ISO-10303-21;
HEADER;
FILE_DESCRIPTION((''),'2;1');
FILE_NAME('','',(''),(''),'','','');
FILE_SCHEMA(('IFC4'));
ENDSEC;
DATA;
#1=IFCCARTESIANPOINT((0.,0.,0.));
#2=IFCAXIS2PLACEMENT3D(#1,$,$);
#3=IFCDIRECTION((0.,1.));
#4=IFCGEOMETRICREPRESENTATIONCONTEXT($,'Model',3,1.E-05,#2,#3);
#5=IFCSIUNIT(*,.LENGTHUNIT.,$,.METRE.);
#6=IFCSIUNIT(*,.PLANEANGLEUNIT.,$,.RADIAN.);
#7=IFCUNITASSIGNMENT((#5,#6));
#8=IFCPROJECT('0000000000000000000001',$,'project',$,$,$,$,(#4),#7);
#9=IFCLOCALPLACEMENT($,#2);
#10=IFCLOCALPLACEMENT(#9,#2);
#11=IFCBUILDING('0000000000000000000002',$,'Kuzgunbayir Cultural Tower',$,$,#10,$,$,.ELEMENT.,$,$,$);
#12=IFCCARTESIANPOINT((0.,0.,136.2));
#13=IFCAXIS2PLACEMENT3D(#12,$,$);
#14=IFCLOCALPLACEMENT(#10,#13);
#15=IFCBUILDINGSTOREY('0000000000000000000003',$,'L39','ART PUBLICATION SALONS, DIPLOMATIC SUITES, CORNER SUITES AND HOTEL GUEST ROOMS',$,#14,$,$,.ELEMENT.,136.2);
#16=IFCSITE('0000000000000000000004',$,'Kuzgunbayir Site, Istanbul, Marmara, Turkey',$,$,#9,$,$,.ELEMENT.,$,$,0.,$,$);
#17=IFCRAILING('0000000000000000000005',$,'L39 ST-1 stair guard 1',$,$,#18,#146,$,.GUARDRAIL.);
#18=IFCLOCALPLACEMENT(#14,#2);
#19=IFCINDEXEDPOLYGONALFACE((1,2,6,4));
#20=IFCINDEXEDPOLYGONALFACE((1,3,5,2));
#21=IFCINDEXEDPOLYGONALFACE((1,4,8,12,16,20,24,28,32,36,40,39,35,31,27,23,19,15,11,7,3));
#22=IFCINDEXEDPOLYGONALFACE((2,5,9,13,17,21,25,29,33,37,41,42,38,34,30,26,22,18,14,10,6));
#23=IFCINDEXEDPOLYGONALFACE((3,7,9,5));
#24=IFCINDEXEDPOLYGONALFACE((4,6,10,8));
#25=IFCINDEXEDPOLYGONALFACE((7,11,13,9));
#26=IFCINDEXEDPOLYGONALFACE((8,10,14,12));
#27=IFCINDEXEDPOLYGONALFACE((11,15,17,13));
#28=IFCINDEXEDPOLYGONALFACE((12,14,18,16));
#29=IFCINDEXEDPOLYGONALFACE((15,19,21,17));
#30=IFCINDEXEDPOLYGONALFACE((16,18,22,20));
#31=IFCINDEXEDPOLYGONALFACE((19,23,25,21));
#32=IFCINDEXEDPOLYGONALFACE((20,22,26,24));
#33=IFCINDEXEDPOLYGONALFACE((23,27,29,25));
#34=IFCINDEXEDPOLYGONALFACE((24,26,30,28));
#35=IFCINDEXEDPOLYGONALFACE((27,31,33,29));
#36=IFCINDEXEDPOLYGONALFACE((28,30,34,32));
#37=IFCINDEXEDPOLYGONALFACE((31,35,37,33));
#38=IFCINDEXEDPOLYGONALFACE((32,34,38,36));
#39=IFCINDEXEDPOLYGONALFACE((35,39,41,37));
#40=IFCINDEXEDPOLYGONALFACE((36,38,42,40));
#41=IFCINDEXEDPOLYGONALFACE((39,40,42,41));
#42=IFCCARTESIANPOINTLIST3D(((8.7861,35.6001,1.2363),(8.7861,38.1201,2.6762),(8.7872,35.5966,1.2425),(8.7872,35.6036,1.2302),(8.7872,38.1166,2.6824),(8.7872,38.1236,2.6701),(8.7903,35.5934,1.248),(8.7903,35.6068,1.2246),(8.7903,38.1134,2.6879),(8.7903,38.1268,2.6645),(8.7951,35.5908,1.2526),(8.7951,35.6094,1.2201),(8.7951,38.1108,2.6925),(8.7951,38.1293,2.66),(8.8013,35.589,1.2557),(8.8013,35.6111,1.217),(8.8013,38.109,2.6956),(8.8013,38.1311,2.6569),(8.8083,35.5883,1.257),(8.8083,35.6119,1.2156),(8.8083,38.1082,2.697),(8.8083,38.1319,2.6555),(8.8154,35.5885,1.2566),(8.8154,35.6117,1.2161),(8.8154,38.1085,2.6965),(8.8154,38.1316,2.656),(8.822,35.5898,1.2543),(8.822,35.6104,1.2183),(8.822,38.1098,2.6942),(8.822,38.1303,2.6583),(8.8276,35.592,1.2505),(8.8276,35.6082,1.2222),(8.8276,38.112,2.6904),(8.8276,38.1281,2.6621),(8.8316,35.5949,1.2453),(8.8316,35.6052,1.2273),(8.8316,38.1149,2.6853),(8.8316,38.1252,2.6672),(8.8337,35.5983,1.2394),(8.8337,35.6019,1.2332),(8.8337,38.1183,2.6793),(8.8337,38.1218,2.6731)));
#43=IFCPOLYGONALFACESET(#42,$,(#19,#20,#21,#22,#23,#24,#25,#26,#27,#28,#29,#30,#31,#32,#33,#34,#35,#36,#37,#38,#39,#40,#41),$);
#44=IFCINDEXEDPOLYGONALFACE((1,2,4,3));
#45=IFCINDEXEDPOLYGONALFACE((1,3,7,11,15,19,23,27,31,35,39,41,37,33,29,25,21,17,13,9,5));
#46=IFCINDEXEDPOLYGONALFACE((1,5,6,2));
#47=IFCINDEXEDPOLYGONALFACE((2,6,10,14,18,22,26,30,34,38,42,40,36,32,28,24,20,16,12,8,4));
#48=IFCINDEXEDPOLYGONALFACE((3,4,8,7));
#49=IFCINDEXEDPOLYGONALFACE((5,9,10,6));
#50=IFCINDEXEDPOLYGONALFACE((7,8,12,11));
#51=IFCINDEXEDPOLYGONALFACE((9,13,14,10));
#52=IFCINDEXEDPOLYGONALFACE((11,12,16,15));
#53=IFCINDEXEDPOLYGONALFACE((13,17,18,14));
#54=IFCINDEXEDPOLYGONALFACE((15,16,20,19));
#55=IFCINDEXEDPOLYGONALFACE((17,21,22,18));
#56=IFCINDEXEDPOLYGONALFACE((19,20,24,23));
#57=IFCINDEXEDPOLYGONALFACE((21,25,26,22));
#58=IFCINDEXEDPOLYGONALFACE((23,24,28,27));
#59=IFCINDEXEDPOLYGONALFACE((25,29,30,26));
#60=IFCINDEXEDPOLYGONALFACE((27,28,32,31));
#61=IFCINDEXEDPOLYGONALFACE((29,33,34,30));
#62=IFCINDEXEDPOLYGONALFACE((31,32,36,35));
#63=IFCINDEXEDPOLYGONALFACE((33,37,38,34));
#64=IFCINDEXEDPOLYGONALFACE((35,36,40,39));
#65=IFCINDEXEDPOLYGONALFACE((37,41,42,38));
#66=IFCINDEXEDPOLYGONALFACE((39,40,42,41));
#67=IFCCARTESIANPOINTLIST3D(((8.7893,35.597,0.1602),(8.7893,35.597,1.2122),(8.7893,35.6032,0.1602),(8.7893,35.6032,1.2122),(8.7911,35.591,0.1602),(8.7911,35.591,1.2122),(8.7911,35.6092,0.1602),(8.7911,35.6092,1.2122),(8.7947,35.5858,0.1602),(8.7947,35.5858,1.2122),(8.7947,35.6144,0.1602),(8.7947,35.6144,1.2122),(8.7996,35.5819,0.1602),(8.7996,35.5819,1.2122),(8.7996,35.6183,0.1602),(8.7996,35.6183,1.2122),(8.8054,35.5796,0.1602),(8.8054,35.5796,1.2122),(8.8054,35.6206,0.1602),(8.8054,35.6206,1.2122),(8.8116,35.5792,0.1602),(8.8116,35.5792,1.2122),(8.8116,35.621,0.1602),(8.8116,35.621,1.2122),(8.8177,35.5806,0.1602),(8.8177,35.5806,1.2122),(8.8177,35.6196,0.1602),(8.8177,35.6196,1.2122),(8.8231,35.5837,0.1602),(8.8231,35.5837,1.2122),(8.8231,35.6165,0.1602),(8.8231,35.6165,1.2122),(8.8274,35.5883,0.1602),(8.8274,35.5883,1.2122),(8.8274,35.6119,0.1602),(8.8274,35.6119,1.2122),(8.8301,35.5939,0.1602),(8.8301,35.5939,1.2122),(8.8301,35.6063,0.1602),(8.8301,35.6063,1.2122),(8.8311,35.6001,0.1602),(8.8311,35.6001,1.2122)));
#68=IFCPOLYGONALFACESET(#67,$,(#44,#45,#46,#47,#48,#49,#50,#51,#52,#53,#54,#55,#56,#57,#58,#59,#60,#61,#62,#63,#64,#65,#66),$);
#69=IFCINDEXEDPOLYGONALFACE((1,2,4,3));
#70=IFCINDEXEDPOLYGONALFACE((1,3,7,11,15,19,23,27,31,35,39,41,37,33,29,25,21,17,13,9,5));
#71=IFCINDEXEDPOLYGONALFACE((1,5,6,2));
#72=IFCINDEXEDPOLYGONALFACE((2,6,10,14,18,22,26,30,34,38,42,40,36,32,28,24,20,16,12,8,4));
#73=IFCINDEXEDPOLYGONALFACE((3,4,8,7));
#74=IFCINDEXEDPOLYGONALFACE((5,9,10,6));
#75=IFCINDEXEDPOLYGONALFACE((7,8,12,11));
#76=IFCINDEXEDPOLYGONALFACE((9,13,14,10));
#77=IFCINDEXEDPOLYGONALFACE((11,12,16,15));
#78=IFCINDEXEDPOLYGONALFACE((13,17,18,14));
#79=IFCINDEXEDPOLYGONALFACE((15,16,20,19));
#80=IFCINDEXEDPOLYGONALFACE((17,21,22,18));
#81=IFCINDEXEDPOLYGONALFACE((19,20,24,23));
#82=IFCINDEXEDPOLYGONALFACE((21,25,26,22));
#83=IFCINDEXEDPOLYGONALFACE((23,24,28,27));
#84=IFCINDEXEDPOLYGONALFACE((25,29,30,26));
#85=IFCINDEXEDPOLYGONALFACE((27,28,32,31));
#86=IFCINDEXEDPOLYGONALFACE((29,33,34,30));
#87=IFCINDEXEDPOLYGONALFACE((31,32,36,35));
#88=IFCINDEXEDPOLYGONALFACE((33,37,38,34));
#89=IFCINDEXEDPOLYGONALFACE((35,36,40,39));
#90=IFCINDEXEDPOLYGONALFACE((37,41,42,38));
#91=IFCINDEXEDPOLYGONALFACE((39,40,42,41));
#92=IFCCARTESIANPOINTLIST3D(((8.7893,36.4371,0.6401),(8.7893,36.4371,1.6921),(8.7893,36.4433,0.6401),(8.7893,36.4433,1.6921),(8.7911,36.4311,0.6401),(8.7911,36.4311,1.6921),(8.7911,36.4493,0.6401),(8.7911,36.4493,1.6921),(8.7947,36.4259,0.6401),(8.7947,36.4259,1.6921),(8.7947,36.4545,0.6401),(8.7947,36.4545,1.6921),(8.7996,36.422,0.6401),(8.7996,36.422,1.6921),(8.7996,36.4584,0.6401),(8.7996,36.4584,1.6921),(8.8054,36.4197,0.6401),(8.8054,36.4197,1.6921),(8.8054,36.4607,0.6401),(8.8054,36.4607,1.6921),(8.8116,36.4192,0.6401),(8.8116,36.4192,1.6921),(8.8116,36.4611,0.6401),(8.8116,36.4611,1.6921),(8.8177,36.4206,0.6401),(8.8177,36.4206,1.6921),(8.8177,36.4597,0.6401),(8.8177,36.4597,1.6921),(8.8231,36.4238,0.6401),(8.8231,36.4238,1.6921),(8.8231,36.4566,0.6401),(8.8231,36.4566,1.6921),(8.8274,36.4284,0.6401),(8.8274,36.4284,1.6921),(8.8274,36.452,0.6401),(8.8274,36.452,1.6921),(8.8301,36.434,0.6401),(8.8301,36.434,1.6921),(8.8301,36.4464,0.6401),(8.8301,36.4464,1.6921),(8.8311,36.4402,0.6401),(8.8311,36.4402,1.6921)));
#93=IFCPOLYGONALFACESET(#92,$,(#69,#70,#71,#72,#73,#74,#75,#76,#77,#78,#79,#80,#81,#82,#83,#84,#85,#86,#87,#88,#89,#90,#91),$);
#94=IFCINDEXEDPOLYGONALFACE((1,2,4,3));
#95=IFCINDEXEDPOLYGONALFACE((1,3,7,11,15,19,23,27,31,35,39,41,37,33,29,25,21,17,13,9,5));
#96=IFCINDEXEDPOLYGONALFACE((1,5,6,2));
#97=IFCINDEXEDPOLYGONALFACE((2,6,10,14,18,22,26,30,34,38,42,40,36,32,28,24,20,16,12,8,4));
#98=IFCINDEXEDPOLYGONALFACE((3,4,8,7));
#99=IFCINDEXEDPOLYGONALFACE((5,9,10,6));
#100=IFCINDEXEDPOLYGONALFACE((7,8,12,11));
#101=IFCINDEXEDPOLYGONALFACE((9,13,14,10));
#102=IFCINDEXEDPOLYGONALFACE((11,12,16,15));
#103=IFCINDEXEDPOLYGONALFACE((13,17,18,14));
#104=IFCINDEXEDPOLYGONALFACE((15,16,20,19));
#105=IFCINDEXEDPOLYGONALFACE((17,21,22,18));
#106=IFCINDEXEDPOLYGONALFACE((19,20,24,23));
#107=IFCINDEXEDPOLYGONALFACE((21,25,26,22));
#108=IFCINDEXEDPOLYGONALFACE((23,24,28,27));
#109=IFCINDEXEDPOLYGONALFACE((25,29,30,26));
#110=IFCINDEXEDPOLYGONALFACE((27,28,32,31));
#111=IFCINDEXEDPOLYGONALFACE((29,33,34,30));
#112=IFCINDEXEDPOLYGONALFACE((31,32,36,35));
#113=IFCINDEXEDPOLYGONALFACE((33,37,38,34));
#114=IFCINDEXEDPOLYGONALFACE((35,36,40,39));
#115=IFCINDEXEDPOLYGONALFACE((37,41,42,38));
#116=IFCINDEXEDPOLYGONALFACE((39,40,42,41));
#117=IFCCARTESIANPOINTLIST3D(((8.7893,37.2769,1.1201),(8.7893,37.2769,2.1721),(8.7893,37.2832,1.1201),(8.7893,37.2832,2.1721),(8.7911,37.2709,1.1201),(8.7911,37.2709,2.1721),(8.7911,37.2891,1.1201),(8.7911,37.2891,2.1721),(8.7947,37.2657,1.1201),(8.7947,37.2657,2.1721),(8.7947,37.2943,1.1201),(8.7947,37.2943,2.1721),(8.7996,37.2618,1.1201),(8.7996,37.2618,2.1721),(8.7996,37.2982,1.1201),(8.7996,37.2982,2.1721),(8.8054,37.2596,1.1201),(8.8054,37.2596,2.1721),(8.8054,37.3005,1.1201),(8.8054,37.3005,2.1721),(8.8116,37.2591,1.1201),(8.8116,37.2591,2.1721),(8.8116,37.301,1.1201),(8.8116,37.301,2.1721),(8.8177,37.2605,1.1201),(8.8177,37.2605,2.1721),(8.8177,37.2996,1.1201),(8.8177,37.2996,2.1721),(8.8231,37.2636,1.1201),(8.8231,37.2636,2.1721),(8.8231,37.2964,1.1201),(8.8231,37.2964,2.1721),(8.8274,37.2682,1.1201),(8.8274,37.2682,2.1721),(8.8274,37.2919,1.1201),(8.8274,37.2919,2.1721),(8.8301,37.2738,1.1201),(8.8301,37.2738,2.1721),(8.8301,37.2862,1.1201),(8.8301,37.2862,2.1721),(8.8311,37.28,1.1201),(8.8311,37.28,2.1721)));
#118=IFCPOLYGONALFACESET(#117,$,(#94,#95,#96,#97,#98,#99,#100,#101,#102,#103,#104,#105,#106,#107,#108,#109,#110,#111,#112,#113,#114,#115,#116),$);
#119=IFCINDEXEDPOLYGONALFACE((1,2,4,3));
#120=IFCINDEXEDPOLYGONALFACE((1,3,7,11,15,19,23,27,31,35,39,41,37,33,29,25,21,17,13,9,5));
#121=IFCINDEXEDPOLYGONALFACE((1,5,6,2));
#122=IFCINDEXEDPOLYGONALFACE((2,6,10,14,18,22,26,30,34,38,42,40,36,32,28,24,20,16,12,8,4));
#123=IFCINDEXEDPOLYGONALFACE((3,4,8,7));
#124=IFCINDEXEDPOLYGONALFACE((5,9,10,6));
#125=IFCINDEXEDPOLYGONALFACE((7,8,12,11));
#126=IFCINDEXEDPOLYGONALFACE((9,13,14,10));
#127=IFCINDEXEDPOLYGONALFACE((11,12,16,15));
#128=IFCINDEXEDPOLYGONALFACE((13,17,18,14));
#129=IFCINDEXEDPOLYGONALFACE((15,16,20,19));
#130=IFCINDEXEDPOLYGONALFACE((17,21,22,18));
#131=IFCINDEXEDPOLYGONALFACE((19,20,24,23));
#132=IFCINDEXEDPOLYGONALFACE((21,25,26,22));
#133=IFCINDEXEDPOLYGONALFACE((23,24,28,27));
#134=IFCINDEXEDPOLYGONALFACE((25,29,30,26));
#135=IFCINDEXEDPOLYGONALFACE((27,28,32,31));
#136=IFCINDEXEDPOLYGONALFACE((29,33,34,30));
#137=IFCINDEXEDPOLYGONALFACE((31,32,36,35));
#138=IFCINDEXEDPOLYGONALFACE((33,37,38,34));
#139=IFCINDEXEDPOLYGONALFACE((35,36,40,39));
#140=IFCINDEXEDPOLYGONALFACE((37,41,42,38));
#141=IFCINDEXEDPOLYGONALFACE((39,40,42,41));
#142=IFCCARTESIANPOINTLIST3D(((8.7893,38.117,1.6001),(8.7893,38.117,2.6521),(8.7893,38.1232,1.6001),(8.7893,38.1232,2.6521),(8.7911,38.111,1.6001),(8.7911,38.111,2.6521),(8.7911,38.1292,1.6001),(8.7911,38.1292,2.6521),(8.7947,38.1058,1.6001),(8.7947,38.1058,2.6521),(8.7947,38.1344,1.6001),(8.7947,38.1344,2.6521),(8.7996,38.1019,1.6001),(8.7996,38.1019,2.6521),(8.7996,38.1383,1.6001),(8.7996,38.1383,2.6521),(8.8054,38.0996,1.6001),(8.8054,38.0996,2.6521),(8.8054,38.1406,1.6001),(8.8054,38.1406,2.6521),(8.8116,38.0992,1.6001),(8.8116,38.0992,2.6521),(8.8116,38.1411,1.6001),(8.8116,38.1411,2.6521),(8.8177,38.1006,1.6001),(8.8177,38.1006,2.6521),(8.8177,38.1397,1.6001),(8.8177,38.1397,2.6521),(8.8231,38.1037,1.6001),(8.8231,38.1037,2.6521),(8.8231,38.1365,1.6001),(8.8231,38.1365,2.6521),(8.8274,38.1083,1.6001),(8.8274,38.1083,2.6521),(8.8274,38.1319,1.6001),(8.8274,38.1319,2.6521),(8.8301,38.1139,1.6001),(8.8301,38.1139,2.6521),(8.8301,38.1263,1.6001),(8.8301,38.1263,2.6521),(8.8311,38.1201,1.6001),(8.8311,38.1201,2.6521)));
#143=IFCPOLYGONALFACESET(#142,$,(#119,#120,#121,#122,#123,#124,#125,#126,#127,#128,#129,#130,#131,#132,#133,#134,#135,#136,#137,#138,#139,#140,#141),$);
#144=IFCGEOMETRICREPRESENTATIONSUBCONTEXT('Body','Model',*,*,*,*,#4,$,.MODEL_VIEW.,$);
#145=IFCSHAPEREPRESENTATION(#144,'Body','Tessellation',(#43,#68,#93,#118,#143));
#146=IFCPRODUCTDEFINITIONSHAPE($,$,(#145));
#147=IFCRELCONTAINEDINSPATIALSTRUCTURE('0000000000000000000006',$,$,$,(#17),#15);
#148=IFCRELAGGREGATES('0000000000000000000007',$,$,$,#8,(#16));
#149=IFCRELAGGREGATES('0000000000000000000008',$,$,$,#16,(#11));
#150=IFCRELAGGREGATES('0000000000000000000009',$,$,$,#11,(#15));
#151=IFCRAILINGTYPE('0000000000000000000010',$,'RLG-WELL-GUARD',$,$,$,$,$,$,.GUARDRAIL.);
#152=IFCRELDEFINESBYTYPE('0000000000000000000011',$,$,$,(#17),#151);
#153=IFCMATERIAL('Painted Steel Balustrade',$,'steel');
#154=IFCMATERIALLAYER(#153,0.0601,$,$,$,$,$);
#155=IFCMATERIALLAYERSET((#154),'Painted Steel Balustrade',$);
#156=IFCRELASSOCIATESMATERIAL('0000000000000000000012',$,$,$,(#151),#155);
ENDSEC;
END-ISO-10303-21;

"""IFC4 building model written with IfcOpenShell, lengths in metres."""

from ifc_helpers import new_model, si_unit, direction, frame, origin, origin_2d, place, context, subcontext, project, spatial, circle, extrude, material, layer, layer_set, type_object, element, save


model = new_model("IFC4")

# Units and contexts
model_context = context("Model", 3, precision=1e-05, world=origin(), true_north=direction((0.0, 1.0)))
body_context = subcontext(model_context, "Body", "Model", "MODEL_VIEW")
ifc_project = project(units=[si_unit("LENGTHUNIT", "METRE"), si_unit("PLANEANGLEUNIT", "RADIAN")], contexts=[model_context])

# Site, building, storey
site_placement = place(None, origin())
site = spatial("IfcSite", under=ifc_project, at=site_placement, Name="Kuzgunbayir Site, Istanbul, Marmara, Turkey", CompositionType="ELEMENT", RefElevation=0.0)
building_placement = place(site_placement, origin())
building = spatial("IfcBuilding", under=site, at=building_placement, Name="Kuzgunbayir Cultural Tower", CompositionType="ELEMENT")
storey_placement = place(building_placement, frame((0.0, 0.0, 136.2)))
storey = spatial("IfcBuildingStorey", under=building, at=storey_placement, Name="L39", Description="ART PUBLICATION SALONS, DIPLOMATIC SUITES, CORNER SUITES AND HOTEL GUEST ROOMS", CompositionType="ELEMENT", Elevation=136.2)

# Railing
ifc_material_1 = material(Name="Painted Steel Balustrade", Category="steel")
ifc_layer_1 = layer(ifc_material_1, 0.0601)
ifc_layer_set_1 = layer_set([ifc_layer_1], Name="Painted Steel Balustrade")
railing_type_1 = type_object("IfcRailingType", Name="RLG-WELL-GUARD", PredefinedType="GUARDRAIL", material=ifc_layer_set_1)
railing_1_placement = place(storey_placement, frame((8.8101, 35.6001, 0.1602)))
element("IfcRailing", 1, at=railing_1_placement, inside=storey, type_object=railing_type_1, Name="L39 ST-1 stair guard 1", PredefinedType="GUARDRAIL", context=body_context, shape_type="SweptSolid", body=[
    extrude(circle(Radius=0.0239, at=origin_2d()), frame((0.0, 0.0, 1.0762), z_axis=(0.0, 0.868253, 0.496121), x_axis=(-1.0, 0.0, 0.0)), (0.0, 0.0, 1.0), 2.9023),
    extrude(circle(Radius=0.021, at=origin_2d()), origin(), (0.0, 0.0, 1.0), 1.052),
    extrude(circle(Radius=0.021, at=origin_2d()), frame((0.0, 0.8401, 0.48)), (0.0, 0.0, 1.0), 1.052),
    extrude(circle(Radius=0.021, at=origin_2d()), frame((0.0, 1.6799, 0.96)), (0.0, 0.0, 1.0), 1.052),
    extrude(circle(Radius=0.021, at=origin_2d()), frame((0.0, 2.52, 1.4399)), (0.0, 0.0, 1.0), 1.052),
])

save(model, "model.ifc")
